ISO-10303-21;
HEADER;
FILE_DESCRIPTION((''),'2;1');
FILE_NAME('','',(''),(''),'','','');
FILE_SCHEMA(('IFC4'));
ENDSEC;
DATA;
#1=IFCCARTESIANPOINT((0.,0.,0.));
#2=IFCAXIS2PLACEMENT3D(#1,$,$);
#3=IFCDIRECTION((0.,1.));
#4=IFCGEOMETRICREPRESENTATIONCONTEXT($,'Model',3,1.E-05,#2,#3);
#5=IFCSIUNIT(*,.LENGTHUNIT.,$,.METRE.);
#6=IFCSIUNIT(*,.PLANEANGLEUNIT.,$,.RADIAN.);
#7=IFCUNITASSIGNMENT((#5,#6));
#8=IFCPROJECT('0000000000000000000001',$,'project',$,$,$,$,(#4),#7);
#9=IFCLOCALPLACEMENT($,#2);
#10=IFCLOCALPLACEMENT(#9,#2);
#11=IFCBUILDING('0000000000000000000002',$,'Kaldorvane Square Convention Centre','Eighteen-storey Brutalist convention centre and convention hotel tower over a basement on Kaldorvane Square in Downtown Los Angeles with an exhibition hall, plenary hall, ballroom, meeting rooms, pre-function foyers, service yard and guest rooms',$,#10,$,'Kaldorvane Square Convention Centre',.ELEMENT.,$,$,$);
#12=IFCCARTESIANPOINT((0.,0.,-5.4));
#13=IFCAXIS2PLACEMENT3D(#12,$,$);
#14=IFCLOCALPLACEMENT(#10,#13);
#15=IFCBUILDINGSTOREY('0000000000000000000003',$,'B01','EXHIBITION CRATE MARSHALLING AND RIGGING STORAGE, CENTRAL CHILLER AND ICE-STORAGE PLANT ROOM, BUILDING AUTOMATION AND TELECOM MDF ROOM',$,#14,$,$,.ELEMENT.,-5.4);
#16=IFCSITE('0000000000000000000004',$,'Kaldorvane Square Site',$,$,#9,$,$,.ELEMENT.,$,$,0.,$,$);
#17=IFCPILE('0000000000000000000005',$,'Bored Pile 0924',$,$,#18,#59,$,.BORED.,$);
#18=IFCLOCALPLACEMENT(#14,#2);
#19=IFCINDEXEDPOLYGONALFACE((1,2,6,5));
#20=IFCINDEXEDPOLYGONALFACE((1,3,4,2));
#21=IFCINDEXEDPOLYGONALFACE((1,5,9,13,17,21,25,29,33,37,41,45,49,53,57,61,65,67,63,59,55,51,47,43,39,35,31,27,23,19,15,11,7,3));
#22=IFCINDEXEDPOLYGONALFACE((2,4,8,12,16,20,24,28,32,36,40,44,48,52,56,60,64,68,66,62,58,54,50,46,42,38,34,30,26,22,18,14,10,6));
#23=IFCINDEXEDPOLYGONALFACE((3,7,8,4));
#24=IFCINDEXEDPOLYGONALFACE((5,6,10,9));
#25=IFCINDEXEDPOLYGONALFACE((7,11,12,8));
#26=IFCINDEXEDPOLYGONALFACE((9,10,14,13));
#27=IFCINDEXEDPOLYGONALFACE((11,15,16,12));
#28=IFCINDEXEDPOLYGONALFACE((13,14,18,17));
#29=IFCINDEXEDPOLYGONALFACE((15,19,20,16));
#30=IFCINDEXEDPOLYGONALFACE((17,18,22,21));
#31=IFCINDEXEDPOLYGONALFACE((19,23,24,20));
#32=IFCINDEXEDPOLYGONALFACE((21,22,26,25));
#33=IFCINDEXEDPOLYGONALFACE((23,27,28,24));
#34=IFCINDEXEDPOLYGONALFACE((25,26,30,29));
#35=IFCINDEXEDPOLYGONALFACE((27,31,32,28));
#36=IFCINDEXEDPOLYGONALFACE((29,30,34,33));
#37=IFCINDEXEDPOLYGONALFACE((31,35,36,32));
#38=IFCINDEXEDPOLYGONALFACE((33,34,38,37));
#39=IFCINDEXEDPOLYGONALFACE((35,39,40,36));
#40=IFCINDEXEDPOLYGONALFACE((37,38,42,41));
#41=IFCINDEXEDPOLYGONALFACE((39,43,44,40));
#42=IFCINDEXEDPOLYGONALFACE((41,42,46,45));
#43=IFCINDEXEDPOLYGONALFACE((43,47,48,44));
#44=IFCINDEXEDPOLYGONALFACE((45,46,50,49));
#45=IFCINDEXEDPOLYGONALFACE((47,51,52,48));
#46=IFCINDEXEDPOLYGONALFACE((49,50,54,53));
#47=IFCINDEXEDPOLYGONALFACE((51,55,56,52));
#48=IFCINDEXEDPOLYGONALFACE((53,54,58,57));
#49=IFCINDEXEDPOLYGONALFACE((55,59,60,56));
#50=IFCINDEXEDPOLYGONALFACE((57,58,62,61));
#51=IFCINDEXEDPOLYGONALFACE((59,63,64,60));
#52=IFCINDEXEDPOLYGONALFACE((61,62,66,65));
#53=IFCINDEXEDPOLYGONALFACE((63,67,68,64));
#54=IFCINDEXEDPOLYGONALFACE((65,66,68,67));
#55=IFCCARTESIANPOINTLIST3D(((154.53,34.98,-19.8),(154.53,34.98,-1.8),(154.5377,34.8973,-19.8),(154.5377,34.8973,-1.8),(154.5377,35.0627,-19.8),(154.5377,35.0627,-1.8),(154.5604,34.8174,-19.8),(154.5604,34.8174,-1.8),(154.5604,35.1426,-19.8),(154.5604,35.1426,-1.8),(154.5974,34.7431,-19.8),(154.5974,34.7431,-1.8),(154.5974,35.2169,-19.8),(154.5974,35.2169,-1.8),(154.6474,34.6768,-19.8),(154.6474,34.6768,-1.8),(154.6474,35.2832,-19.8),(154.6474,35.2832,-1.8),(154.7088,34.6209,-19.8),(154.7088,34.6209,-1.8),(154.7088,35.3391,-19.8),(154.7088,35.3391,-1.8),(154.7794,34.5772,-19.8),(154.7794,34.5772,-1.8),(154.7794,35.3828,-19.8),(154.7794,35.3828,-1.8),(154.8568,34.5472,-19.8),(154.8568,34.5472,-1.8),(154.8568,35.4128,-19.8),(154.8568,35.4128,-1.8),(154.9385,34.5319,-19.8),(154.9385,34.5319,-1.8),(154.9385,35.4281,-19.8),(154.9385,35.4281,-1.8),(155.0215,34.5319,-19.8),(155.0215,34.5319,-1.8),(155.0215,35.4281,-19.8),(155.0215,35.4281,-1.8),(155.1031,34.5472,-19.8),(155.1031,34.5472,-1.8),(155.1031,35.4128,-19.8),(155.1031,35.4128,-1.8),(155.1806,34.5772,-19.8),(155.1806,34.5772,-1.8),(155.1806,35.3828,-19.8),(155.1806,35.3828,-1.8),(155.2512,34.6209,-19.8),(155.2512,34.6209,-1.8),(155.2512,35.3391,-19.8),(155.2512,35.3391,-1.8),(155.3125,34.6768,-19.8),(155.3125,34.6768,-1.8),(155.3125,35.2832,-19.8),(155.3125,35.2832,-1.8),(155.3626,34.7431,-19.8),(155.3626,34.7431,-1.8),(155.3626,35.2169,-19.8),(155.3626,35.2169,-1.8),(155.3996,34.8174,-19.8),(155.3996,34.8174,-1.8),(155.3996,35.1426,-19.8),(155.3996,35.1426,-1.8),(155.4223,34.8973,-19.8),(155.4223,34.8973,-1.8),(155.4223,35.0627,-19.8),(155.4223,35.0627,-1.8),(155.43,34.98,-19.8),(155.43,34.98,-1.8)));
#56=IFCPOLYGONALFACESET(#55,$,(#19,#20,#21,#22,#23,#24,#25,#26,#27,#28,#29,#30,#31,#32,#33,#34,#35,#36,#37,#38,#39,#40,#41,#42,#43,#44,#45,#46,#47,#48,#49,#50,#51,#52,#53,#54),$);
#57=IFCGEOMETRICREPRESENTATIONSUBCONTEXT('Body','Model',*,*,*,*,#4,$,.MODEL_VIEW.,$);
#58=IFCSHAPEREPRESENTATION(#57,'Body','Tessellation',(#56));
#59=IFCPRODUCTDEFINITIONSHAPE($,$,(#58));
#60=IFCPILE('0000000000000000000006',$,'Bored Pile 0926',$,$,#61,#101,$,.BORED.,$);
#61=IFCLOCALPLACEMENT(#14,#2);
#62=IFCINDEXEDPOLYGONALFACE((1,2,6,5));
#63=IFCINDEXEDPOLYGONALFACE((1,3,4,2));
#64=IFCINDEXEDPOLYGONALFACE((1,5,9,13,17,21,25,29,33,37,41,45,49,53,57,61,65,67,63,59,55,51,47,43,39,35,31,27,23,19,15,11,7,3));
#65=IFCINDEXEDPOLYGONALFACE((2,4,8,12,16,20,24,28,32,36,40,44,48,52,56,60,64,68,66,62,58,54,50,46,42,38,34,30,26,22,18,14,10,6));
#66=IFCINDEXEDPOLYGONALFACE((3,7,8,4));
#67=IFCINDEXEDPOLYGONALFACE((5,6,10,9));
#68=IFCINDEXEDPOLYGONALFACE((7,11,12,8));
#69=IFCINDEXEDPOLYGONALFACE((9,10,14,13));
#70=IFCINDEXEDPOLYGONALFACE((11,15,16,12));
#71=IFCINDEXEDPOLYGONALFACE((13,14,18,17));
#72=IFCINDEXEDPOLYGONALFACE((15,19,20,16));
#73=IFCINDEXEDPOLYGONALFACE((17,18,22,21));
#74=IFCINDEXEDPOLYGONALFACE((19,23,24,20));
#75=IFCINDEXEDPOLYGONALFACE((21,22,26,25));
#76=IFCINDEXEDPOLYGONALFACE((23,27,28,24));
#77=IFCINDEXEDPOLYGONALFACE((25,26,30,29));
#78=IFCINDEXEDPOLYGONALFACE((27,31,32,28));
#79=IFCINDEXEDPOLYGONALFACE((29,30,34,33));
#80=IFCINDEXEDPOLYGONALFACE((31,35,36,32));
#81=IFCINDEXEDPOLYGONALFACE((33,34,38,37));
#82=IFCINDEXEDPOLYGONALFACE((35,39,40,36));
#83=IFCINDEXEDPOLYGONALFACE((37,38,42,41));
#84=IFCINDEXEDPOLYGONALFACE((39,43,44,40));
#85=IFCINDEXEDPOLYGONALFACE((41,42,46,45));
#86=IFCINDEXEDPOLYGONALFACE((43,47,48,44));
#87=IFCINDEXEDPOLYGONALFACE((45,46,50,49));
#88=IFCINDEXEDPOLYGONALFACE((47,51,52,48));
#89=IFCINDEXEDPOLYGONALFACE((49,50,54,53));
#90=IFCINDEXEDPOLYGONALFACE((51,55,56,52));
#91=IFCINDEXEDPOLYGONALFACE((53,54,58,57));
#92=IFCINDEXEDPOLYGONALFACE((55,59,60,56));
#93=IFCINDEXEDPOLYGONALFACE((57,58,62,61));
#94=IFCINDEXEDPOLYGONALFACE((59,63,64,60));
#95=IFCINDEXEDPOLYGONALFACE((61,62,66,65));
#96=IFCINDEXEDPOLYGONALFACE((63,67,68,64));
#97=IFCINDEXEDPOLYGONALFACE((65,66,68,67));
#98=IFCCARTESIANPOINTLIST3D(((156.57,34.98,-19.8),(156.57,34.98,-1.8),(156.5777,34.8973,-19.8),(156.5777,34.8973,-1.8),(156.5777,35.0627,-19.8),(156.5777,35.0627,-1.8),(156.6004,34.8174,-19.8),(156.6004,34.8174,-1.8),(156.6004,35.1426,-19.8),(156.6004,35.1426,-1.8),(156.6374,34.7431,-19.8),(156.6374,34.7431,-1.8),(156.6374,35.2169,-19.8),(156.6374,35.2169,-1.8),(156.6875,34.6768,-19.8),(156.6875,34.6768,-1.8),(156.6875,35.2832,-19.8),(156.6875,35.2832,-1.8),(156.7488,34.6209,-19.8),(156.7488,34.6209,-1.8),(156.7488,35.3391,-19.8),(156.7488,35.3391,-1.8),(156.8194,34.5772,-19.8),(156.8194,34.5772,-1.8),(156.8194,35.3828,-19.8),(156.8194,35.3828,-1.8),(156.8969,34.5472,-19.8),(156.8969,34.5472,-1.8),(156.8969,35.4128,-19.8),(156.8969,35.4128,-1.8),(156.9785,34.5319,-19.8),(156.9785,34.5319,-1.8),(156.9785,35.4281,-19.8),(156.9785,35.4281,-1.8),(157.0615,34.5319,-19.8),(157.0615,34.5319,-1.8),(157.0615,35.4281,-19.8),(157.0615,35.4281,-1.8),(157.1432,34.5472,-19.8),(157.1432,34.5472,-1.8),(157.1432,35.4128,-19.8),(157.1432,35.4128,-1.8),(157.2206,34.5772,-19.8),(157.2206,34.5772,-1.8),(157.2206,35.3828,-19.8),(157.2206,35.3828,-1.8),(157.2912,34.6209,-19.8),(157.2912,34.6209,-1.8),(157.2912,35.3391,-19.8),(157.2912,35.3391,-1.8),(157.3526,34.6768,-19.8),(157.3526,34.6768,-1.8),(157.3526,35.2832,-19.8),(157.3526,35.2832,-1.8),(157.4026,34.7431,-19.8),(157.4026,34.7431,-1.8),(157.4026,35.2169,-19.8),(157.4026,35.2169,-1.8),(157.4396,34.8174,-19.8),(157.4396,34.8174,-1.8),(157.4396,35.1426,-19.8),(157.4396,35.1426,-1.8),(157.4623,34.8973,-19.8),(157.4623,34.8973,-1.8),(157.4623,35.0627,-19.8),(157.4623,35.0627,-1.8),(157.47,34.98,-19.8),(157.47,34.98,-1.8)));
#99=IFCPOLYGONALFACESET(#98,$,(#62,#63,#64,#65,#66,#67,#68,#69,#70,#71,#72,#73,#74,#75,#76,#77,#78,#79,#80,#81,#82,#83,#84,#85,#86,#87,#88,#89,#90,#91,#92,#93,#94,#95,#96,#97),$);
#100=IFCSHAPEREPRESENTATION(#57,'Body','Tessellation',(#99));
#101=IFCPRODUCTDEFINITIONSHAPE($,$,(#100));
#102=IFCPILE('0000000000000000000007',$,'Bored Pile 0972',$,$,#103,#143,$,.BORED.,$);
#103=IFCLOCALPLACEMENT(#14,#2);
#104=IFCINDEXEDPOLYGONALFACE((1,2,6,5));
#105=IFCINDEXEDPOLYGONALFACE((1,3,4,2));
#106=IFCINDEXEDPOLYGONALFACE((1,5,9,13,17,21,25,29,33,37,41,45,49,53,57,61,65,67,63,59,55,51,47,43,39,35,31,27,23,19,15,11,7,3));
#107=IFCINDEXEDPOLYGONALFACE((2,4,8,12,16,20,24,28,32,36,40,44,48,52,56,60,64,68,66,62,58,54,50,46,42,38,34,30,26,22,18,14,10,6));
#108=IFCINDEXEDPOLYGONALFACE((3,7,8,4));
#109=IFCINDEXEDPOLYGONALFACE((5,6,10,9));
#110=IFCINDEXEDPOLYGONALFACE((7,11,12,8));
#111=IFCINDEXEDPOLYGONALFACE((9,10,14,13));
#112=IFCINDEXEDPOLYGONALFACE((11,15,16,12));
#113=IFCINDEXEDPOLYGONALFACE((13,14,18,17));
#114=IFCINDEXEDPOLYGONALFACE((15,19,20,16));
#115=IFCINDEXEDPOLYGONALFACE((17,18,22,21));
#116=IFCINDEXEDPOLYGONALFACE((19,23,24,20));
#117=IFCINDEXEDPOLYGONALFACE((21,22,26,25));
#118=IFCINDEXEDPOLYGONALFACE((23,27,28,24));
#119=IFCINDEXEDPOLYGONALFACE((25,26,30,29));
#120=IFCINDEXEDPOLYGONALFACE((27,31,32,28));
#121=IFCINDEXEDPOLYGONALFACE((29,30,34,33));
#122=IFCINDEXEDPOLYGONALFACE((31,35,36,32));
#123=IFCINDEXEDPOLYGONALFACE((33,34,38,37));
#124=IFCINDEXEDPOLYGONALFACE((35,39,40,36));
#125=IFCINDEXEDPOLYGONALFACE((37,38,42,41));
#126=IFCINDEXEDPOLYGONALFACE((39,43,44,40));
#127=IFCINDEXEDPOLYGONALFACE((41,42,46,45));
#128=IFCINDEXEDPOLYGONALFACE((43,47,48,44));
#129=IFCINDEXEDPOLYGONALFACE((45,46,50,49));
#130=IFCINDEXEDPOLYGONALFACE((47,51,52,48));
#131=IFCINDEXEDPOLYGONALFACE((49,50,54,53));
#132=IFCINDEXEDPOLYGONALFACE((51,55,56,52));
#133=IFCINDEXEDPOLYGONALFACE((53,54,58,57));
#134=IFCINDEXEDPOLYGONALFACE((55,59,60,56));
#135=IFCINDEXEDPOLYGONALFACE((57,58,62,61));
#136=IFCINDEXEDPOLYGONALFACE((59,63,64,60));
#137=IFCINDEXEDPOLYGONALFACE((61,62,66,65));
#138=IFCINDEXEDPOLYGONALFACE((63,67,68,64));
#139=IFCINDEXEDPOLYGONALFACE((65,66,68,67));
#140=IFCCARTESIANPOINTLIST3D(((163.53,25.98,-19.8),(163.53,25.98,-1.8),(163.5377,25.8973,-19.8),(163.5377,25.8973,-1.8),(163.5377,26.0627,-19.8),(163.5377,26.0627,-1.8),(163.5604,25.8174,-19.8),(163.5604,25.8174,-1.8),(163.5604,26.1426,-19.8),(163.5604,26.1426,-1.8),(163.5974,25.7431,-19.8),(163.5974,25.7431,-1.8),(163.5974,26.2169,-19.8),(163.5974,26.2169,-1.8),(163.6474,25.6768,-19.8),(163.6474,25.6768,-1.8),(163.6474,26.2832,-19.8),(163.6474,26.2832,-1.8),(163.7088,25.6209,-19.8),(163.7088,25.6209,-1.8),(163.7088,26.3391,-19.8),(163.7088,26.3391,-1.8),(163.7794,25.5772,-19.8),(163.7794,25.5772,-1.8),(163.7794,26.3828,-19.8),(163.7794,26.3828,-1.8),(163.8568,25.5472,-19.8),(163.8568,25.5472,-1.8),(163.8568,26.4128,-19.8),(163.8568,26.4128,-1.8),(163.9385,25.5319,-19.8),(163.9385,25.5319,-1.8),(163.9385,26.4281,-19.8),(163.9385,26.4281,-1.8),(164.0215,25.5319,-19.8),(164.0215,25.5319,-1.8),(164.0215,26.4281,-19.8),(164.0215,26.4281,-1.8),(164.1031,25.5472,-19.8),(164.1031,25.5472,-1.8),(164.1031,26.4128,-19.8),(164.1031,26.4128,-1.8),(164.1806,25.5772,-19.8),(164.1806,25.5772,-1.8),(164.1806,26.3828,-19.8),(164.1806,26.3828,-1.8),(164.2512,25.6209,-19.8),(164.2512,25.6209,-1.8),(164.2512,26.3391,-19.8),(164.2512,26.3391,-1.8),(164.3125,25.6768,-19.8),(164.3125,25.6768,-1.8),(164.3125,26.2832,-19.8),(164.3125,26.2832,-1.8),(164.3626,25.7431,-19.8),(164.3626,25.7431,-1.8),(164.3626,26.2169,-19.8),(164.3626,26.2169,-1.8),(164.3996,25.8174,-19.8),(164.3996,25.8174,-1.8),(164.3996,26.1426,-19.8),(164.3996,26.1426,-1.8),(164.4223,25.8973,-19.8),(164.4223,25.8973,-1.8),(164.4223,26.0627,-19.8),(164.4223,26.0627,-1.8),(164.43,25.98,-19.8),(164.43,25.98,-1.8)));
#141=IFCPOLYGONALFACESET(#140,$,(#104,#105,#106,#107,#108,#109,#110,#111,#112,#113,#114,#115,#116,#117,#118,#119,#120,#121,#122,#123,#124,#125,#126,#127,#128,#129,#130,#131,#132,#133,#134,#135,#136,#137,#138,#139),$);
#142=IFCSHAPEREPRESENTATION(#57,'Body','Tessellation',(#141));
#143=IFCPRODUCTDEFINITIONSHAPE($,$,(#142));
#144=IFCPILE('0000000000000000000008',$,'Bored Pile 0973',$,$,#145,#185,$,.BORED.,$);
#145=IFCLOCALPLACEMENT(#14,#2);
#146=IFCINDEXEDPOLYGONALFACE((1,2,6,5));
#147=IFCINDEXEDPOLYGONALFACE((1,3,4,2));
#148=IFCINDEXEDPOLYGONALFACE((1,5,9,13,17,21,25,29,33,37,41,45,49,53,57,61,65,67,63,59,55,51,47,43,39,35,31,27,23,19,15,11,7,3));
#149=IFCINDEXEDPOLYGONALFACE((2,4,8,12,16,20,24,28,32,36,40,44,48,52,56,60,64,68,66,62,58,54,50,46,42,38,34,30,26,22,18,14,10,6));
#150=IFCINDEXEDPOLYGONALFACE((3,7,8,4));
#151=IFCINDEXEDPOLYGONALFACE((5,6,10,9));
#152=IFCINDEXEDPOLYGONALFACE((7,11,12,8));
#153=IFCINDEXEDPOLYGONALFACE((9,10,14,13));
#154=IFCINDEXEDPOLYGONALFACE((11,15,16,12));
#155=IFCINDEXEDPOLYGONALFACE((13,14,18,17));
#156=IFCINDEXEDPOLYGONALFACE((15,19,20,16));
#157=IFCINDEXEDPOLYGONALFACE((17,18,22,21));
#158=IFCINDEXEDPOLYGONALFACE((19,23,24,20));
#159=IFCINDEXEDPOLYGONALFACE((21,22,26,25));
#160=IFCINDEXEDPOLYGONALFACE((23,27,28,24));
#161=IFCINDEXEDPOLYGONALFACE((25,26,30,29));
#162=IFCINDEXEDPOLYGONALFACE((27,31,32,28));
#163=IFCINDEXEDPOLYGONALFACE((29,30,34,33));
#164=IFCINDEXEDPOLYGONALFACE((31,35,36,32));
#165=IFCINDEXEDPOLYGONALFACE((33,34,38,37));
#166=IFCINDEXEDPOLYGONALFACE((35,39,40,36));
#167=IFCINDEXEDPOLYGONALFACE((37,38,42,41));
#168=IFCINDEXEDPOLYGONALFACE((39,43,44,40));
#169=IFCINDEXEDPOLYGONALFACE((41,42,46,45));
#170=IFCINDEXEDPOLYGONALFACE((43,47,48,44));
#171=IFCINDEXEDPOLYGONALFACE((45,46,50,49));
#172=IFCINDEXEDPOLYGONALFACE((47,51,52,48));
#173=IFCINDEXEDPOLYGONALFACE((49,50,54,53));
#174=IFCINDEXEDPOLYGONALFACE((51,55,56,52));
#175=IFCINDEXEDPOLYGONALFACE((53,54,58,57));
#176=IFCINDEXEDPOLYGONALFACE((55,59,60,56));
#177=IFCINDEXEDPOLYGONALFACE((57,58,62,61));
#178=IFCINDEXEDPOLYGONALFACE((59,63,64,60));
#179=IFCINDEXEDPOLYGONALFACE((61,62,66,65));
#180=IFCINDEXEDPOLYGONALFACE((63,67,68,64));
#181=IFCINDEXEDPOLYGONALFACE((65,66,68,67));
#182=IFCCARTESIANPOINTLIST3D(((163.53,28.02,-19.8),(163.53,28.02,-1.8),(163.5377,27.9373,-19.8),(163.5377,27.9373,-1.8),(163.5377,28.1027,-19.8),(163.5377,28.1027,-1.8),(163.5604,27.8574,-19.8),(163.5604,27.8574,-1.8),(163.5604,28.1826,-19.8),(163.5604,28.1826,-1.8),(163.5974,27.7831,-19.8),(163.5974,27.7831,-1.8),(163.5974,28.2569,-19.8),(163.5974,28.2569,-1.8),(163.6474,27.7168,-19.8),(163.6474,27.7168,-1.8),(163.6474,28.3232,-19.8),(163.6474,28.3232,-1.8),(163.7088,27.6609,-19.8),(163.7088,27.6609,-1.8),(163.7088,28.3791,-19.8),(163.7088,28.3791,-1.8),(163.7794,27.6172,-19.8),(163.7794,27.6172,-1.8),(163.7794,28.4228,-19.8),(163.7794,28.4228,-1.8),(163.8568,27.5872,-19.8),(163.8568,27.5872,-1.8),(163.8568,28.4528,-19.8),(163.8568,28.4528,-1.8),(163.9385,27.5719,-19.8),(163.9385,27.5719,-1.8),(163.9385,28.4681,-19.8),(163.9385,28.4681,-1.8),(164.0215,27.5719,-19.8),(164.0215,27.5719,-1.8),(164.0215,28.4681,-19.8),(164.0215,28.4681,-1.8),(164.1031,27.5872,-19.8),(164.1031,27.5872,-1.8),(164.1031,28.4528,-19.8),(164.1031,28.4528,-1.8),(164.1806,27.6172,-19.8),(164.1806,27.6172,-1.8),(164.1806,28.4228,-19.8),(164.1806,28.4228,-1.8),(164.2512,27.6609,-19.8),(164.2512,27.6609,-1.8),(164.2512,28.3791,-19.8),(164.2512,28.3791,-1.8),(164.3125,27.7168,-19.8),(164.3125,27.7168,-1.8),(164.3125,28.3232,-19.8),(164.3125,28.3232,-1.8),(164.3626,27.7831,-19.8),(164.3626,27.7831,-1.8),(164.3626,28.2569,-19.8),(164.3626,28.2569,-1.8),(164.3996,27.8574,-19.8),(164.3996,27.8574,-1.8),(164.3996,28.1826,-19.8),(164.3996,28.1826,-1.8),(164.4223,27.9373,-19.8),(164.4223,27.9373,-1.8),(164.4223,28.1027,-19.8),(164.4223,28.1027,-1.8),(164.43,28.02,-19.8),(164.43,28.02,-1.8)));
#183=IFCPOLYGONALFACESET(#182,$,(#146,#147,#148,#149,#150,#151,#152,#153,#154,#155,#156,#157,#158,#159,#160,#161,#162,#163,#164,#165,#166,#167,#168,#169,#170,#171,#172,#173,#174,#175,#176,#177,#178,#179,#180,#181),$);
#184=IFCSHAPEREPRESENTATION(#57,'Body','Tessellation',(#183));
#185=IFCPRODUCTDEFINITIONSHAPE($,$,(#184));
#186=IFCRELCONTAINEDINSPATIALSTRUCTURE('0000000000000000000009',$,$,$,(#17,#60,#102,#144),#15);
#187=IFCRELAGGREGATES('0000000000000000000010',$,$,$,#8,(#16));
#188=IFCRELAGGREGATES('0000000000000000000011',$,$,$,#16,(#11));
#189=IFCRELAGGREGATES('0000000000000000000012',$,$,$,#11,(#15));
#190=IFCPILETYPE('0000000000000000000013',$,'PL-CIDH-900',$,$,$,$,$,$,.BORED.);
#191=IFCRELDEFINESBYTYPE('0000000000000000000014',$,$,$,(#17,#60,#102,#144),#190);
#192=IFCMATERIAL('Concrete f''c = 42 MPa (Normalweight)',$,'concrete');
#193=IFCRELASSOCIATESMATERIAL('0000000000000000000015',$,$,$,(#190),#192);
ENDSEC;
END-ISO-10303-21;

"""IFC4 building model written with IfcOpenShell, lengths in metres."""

from ifc_helpers import new_model, si_unit, direction, frame, origin, origin_2d, place, context, subcontext, project, spatial, circle, extrude, material, material_profile, profile_set, type_object, element, save


model = new_model("IFC4")

# Units and contexts
model_context = context("Model", 3, precision=1e-05, world=origin(), true_north=direction((0.0, 1.0)))
body_context = subcontext(model_context, "Body", "Model", "MODEL_VIEW")
ifc_project = project(units=[si_unit("LENGTHUNIT", "METRE"), si_unit("PLANEANGLEUNIT", "RADIAN")], contexts=[model_context])

# Site, building, storey
site_placement = place(None, origin())
site = spatial("IfcSite", under=ifc_project, at=site_placement, Name="Kaldorvane Square Site", CompositionType="ELEMENT", RefElevation=0.0)
building_placement = place(site_placement, origin())
building = spatial("IfcBuilding", under=site, at=building_placement, Name="Kaldorvane Square Convention Centre", Description="Eighteen-storey Brutalist convention centre and convention hotel tower over a basement on Kaldorvane Square in Downtown Los Angeles with an exhibition hall, plenary hall, ballroom, meeting rooms, pre-function foyers, service yard and guest rooms", LongName="Kaldorvane Square Convention Centre", CompositionType="ELEMENT")
storey_placement = place(building_placement, frame((0.0, 0.0, -5.4)))
storey = spatial("IfcBuildingStorey", under=building, at=storey_placement, Name="B01", Description="EXHIBITION CRATE MARSHALLING AND RIGGING STORAGE, CENTRAL CHILLER AND ICE-STORAGE PLANT ROOM, BUILDING AUTOMATION AND TELECOM MDF ROOM", CompositionType="ELEMENT", Elevation=-5.4)

# Shared definitions
ifc_material_1 = material(Name="Concrete f'c = 42 MPa (Normalweight)", Category="concrete")

# Piles
ifc_material_profile_1 = material_profile(ifc_material_1, circle(Radius=0.45, at=origin_2d()), Name="PILE-D900")
ifc_profile_set_1 = profile_set([ifc_material_profile_1], Name="Concrete f'c = 42 MPa (Normalweight)")
pile_type = type_object("IfcPileType", Name="PL-CIDH-900", PredefinedType="BORED", material=ifc_profile_set_1)
for number, where, z_axis, x_axis, name in (
    (1, (154.98, 34.98, -1.8), (0.0, 0.0, -1.0), (1.0, 0.0, 0.0), "Bored Pile 0924"),
    (2, (157.02, 34.98, -1.8), (0.0, 0.0, -1.0), (1.0, 0.0, 0.0), "Bored Pile 0926"),
    (3, (163.98, 25.98, -1.8), (0.0, 0.0, -1.0), (1.0, 0.0, 0.0), "Bored Pile 0972"),
    (4, (163.98, 28.02, -1.8), (0.0, 0.0, -1.0), (1.0, 0.0, 0.0), "Bored Pile 0973"),
):
    element("IfcPile", number, at=place(storey_placement, frame(where, z_axis=z_axis, x_axis=x_axis)), inside=storey, type_object=pile_type, Name=name, PredefinedType="BORED", context=body_context, shape_type="SweptSolid", body=[
        extrude(circle(Radius=0.45, at=origin_2d()), origin(), (0.0, 0.0, 1.0), 18.0),
    ])

save(model, "model.ifc")
